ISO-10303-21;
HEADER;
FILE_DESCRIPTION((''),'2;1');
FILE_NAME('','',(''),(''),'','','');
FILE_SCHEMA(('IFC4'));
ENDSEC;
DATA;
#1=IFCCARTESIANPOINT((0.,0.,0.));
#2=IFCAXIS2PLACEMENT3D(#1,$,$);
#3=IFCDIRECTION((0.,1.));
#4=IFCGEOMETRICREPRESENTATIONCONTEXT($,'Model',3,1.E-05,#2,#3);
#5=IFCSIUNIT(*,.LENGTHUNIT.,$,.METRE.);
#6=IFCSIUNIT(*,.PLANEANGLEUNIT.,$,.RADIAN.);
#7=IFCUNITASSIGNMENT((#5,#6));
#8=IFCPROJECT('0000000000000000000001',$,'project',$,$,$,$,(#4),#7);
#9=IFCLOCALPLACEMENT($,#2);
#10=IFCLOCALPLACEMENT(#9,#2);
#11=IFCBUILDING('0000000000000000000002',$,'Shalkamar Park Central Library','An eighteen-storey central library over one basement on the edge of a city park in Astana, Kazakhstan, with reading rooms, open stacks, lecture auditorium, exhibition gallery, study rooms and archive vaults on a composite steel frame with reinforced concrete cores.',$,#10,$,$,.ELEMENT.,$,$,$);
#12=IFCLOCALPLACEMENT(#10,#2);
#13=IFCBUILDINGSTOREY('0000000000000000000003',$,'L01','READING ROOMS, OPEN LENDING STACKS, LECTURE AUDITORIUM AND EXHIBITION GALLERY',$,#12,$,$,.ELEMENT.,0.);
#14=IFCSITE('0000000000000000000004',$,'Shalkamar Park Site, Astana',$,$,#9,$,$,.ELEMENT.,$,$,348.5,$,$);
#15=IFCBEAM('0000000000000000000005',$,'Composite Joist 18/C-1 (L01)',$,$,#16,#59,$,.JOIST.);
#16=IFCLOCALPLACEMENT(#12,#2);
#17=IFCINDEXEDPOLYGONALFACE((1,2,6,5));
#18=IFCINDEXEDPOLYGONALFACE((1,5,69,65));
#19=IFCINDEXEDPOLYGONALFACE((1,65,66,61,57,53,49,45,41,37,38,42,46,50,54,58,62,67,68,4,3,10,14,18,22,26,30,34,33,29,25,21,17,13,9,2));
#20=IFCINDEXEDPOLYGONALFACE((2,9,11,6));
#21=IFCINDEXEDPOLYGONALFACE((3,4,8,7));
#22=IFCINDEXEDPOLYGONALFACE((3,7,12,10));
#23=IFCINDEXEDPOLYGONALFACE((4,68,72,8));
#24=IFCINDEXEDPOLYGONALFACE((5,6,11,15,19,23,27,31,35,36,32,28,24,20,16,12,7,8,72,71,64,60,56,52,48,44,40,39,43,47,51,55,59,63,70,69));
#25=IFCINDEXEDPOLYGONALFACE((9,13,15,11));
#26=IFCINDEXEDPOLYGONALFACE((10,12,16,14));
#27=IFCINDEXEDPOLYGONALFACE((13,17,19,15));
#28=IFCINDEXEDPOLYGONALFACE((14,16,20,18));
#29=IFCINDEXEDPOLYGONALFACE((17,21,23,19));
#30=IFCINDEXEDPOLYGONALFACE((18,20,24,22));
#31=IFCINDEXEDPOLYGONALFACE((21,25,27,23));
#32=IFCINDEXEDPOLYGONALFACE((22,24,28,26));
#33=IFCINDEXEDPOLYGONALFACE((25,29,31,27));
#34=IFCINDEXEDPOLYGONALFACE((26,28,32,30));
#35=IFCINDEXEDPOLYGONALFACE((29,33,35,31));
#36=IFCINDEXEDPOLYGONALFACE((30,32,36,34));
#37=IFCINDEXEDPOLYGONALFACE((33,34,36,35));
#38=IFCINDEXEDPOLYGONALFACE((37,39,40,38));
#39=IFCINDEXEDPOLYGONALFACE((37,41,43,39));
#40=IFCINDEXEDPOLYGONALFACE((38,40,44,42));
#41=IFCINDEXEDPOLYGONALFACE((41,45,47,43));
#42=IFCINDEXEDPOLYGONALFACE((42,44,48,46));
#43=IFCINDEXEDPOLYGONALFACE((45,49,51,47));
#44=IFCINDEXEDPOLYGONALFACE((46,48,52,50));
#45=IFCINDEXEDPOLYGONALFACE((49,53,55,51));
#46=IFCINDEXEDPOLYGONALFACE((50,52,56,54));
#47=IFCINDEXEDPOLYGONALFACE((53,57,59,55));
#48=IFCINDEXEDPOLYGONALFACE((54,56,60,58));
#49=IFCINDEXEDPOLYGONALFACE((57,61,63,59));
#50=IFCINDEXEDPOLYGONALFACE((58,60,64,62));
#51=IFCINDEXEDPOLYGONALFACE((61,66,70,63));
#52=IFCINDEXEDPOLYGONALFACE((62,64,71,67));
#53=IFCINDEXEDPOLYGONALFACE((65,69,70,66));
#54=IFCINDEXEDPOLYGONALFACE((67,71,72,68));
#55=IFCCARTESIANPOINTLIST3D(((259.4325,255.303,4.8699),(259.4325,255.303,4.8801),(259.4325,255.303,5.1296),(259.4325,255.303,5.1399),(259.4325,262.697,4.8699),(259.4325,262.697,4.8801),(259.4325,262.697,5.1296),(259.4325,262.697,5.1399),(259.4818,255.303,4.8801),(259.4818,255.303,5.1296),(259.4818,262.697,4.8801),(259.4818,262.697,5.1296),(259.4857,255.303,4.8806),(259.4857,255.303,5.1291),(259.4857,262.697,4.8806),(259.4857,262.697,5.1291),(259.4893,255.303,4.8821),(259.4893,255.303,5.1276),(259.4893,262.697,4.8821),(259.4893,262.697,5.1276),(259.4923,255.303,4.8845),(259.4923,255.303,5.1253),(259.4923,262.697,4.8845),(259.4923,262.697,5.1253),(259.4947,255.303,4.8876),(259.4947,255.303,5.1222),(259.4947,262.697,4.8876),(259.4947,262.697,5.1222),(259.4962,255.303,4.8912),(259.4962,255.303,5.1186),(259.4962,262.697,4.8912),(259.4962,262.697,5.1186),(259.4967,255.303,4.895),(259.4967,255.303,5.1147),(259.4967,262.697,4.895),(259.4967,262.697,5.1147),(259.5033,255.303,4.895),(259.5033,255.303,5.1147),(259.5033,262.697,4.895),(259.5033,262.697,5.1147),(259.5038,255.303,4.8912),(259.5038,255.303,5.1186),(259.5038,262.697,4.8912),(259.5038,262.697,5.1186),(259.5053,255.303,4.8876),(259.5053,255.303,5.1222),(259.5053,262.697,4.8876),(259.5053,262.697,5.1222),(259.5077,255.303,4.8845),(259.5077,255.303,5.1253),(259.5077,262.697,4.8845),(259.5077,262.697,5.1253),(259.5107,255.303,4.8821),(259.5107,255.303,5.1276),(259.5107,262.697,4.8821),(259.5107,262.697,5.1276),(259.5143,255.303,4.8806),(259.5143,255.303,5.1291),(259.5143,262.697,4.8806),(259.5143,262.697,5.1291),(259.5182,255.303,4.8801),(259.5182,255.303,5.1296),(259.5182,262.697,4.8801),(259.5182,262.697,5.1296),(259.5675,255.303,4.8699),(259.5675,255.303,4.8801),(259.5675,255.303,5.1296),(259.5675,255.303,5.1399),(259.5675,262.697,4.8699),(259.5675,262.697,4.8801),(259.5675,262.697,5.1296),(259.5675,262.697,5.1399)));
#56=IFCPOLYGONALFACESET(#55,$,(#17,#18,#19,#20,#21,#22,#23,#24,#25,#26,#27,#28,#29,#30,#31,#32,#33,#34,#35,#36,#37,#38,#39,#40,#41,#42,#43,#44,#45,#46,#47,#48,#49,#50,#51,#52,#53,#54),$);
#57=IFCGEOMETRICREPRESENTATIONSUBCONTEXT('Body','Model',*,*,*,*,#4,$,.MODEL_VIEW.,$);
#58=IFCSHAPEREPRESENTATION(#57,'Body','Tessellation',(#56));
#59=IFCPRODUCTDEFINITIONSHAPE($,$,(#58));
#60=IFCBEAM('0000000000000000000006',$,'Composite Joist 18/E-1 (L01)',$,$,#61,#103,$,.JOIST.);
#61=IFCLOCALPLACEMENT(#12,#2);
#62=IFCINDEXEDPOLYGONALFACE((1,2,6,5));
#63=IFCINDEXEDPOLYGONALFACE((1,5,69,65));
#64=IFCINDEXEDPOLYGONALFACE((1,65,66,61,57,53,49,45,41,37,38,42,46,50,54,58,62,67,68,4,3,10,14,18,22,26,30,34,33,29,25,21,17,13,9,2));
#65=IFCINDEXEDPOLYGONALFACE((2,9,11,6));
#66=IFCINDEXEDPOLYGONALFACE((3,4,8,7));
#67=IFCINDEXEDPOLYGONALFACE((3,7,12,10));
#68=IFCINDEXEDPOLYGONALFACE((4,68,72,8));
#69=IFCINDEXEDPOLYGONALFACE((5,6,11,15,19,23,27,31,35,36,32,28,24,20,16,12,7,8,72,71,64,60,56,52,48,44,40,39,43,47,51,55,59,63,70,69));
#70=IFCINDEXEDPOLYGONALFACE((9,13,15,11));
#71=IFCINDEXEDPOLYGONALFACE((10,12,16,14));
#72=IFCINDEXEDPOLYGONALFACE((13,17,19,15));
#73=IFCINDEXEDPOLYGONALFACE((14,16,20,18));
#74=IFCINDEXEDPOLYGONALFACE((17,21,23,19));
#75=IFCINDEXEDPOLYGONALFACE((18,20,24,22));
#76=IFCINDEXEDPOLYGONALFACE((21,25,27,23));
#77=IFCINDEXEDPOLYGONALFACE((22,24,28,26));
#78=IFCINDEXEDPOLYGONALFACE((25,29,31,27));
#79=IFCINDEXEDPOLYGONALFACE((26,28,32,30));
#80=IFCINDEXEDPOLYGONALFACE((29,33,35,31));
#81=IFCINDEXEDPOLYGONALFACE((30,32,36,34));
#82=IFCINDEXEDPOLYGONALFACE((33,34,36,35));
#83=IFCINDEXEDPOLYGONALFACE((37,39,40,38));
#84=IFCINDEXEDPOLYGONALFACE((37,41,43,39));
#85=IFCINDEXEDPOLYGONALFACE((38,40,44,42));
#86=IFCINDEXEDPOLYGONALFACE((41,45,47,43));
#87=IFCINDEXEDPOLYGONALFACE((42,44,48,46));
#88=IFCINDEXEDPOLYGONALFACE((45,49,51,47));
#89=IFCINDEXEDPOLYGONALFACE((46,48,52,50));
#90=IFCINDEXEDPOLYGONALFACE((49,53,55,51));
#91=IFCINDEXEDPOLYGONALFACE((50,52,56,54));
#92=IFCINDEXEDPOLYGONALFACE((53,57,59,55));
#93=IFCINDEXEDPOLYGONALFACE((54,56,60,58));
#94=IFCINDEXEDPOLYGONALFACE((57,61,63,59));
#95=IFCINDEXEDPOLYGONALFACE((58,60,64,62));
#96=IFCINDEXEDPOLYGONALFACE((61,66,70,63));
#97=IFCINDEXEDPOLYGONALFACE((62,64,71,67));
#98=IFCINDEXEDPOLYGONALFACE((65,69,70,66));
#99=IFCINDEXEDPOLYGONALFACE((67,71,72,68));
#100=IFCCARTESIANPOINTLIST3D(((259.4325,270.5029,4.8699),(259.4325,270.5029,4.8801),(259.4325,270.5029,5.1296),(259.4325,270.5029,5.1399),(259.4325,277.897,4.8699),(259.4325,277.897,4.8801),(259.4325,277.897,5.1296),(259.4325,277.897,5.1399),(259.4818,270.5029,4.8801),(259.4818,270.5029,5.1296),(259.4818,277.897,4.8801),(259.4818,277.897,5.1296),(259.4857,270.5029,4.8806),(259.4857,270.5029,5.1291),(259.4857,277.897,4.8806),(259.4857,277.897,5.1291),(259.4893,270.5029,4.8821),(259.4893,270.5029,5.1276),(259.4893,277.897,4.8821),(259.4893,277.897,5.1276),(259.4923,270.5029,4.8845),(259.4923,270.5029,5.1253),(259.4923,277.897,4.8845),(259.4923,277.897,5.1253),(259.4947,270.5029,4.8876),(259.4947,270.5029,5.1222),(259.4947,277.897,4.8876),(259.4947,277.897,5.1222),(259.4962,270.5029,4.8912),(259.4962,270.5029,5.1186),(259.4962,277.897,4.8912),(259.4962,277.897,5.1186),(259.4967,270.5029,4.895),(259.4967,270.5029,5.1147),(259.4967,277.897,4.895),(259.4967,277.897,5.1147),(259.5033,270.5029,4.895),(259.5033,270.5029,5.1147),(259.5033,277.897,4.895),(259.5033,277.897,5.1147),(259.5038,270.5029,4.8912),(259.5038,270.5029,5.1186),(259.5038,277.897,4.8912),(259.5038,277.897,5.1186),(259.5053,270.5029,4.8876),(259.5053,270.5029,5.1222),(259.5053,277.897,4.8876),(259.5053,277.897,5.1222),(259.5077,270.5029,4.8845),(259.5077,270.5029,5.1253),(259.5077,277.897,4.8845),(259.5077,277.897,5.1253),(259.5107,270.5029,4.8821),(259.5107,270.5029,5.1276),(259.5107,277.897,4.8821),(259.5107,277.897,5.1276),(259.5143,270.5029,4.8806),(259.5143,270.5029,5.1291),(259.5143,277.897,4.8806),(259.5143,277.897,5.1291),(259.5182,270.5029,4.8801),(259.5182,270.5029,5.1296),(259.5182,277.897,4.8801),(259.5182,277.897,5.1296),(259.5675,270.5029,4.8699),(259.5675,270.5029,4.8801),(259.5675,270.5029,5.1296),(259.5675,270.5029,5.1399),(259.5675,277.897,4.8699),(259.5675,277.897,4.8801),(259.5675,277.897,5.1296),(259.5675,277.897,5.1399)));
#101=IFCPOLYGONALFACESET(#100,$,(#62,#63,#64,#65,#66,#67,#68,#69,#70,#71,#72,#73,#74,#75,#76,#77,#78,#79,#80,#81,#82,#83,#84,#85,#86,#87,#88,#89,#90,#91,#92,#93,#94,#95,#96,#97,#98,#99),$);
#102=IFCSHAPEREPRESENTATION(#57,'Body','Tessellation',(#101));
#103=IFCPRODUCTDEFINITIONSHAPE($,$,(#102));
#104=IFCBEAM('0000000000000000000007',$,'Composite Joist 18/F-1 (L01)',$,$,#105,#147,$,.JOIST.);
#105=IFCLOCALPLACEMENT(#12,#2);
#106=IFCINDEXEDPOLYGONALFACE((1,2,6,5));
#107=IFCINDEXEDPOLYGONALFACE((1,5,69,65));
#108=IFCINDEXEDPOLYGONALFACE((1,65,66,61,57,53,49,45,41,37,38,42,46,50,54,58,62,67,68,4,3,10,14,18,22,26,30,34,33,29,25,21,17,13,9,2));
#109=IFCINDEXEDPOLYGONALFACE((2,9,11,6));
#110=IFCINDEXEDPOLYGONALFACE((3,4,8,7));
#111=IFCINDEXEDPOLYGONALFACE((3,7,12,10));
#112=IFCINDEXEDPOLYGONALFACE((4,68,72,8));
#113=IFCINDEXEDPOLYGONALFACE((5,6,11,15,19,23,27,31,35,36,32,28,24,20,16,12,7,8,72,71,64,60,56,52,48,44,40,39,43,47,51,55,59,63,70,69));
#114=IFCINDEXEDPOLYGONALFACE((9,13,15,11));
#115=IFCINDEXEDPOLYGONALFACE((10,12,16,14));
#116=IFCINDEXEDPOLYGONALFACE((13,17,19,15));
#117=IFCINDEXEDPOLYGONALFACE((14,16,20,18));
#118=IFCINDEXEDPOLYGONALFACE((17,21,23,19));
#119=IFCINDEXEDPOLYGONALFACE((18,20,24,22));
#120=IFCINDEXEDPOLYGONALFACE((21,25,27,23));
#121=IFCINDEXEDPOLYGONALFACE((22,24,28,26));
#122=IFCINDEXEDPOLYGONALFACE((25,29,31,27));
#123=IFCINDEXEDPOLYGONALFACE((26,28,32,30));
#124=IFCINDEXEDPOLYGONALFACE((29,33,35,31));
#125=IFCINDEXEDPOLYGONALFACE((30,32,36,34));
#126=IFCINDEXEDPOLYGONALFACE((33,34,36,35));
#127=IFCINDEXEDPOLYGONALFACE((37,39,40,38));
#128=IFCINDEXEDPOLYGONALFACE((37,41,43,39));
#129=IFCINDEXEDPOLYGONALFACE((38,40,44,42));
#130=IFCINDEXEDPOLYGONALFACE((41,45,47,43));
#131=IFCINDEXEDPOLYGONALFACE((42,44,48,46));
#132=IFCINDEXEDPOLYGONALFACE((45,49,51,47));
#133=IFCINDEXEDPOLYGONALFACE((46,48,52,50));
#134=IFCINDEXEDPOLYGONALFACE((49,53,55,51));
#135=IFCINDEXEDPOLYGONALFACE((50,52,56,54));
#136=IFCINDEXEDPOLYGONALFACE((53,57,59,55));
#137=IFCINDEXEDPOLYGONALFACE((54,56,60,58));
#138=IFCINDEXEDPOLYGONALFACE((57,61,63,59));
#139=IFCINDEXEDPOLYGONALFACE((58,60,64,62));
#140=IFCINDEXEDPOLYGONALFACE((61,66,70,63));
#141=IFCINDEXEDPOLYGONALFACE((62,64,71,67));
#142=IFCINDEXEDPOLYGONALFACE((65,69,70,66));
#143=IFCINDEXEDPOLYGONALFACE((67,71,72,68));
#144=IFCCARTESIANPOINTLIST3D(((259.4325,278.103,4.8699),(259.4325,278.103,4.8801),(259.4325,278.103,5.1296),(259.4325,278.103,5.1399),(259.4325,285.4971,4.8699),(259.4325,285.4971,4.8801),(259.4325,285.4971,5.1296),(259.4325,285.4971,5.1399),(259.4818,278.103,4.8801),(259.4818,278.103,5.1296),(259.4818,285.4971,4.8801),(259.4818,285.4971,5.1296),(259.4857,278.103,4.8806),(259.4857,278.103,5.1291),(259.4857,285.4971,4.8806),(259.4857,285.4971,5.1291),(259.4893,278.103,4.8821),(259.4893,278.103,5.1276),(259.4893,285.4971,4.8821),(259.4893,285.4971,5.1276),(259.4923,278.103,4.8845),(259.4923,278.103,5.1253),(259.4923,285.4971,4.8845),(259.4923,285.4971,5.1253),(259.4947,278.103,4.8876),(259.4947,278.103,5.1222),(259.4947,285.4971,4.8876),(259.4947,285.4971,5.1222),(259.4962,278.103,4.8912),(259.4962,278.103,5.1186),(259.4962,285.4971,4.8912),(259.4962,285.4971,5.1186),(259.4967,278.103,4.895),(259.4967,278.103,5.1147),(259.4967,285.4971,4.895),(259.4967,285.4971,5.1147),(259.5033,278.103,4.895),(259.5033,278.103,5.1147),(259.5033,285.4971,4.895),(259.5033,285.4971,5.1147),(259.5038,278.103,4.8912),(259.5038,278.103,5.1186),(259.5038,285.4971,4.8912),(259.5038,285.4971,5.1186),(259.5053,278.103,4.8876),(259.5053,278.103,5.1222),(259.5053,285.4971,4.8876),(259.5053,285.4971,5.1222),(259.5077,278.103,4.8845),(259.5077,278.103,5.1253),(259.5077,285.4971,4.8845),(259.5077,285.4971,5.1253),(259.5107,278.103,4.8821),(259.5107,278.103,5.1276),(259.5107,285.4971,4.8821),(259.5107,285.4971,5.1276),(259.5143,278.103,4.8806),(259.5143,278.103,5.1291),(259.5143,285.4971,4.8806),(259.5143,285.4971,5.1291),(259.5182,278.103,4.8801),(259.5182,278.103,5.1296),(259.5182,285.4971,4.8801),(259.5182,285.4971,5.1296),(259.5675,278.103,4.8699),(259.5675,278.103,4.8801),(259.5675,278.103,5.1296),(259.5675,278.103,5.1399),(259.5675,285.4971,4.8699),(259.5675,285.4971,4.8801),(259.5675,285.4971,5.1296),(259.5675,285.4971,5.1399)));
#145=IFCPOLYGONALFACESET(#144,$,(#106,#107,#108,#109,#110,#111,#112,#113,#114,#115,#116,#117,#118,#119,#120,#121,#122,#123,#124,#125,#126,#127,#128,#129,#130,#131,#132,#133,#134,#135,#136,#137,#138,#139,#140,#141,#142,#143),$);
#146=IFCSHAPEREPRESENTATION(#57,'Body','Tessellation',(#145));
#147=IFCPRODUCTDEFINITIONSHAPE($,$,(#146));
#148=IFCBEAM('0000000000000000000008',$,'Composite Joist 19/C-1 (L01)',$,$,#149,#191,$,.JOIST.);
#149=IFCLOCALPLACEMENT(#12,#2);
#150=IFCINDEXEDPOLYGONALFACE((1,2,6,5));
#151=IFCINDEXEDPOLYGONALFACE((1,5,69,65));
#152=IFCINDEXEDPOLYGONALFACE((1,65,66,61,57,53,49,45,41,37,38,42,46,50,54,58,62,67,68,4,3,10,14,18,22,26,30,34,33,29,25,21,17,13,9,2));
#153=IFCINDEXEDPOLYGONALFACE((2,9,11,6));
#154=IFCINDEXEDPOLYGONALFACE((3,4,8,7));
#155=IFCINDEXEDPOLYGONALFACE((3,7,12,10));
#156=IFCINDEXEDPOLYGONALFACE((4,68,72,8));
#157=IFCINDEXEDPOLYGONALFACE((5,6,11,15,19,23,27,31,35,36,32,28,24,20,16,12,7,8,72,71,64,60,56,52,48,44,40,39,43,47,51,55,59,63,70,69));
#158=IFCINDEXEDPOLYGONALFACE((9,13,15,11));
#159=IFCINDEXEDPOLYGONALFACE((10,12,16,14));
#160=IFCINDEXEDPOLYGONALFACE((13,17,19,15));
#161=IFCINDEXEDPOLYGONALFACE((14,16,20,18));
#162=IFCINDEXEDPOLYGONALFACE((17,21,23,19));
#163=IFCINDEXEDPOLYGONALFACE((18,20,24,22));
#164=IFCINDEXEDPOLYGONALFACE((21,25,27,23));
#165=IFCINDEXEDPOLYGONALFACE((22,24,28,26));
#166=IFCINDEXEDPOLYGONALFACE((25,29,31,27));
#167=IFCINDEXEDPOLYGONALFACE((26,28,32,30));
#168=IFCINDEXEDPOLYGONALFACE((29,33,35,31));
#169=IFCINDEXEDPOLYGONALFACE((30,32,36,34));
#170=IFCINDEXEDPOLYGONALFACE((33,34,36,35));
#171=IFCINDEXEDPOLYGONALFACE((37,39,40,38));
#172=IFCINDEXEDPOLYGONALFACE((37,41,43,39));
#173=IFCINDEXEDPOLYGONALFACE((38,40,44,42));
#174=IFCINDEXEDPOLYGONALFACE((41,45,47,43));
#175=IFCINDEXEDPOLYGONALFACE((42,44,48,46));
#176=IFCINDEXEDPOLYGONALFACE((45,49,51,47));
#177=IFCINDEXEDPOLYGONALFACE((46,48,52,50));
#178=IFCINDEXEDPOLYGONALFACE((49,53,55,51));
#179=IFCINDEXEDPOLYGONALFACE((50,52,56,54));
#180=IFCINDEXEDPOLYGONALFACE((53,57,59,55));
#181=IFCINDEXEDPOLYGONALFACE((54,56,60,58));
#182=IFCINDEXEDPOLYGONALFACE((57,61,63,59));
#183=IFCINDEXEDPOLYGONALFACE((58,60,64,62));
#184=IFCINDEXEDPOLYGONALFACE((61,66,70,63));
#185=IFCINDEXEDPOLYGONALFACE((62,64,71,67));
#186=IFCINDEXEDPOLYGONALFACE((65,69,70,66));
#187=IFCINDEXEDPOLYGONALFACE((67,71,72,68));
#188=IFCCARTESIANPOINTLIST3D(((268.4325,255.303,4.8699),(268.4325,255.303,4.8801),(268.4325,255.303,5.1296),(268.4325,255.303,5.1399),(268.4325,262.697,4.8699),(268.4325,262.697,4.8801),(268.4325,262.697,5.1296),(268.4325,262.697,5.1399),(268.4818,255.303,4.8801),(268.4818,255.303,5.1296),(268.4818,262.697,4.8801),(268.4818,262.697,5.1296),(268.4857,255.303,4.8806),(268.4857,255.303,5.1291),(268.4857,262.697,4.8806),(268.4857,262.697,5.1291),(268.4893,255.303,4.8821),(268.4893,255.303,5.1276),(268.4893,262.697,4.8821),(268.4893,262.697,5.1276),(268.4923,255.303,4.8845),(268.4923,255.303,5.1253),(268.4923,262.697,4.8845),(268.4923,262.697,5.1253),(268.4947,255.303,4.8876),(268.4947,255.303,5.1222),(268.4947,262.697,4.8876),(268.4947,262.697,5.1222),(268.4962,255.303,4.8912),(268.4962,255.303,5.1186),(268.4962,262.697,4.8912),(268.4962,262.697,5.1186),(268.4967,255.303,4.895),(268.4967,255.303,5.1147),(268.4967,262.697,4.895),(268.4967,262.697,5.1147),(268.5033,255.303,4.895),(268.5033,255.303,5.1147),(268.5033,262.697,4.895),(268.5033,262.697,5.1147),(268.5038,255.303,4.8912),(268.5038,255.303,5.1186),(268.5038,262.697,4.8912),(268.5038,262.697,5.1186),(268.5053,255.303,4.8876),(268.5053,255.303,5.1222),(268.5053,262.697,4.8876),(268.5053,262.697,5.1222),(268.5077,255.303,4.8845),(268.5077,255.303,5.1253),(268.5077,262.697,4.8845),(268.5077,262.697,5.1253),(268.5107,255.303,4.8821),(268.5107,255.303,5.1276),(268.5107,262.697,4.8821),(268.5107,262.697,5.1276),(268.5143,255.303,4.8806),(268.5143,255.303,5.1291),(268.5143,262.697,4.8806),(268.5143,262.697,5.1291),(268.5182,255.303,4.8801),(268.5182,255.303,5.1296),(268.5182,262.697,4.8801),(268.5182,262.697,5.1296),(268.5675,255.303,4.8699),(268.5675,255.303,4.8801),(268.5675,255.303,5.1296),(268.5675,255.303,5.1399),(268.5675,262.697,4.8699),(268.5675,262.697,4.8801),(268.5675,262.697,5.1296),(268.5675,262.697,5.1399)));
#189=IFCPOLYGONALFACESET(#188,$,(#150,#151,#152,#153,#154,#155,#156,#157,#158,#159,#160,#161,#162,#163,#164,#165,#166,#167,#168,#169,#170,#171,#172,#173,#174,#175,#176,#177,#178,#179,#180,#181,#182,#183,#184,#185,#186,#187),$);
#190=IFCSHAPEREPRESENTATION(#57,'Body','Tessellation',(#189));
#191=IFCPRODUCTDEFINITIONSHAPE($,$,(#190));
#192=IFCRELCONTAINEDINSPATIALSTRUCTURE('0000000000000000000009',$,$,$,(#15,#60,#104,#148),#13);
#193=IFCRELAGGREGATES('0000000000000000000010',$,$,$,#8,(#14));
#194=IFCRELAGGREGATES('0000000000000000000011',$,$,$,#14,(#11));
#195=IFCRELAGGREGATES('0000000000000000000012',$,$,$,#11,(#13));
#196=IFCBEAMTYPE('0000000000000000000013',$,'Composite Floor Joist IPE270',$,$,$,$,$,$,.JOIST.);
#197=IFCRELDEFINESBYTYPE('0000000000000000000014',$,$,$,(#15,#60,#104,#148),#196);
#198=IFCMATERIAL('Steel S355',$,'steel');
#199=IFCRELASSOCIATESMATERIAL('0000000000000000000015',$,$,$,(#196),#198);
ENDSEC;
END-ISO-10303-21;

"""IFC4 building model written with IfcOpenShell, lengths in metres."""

from ifc_helpers import new_model, si_unit, direction, frame, origin, origin_2d, place, context, subcontext, project, spatial, i_section, extrude, material, material_profile, profile_set, type_object, element, save


model = new_model("IFC4")

# Units and contexts
model_context = context("Model", 3, precision=1e-05, world=origin(), true_north=direction((0.0, 1.0)))
body_context = subcontext(model_context, "Body", "Model", "MODEL_VIEW")
ifc_project = project(units=[si_unit("LENGTHUNIT", "METRE"), si_unit("PLANEANGLEUNIT", "RADIAN")], contexts=[model_context])

# Site, building, storey
site_placement = place(None, origin())
site = spatial("IfcSite", under=ifc_project, at=site_placement, Name="Shalkamar Park Site, Astana", CompositionType="ELEMENT", RefElevation=348.5)
building_placement = place(site_placement, origin())
building = spatial("IfcBuilding", under=site, at=building_placement, Name="Shalkamar Park Central Library", Description="An eighteen-storey central library over one basement on the edge of a city park in Astana, Kazakhstan, with reading rooms, open stacks, lecture auditorium, exhibition gallery, study rooms and archive vaults on a composite steel frame with reinforced concrete cores.", CompositionType="ELEMENT")
storey_placement = place(building_placement, origin())
storey = spatial("IfcBuildingStorey", under=building, at=storey_placement, Name="L01", Description="READING ROOMS, OPEN LENDING STACKS, LECTURE AUDITORIUM AND EXHIBITION GALLERY", CompositionType="ELEMENT", Elevation=0.0)

# Shared definitions
ifc_material_1 = material(Name="Steel S355", Category="steel")

# Beams
ifc_material_profile_1 = material_profile(ifc_material_1, i_section(OverallWidth=0.135, OverallDepth=0.27, WebThickness=0.0066, FlangeThickness=0.0103, FilletRadius=0.0149, at=origin_2d()), Name="IPE 270")
ifc_profile_set_1 = profile_set([ifc_material_profile_1], Name="Steel S355")
beam_type_1 = type_object("IfcBeamType", Name="Composite Floor Joist IPE270", PredefinedType="JOIST", material=ifc_profile_set_1)
for number, where, z_axis, x_axis, name in (
    (1, (259.5, 255.303, 5.0049), (0.0, 1.0, 0.0), (-1.0, 0.0, 0.0), "Composite Joist 18/C-1 (L01)"),
    (2, (259.5, 270.5029, 5.0049), (0.0, 1.0, 0.0), (-1.0, 0.0, 0.0), "Composite Joist 18/E-1 (L01)"),
    (3, (259.5, 278.103, 5.0049), (0.0, 1.0, 0.0), (-1.0, 0.0, 0.0), "Composite Joist 18/F-1 (L01)"),
    (4, (268.5, 255.303, 5.0049), (0.0, 1.0, 0.0), (-1.0, 0.0, 0.0), "Composite Joist 19/C-1 (L01)"),
):
    element("IfcBeam", number, at=place(storey_placement, frame(where, z_axis=z_axis, x_axis=x_axis)), inside=storey, type_object=beam_type_1, Name=name, PredefinedType="JOIST", context=body_context, shape_type="SweptSolid", body=[
        extrude(i_section(OverallWidth=0.135, OverallDepth=0.27, WebThickness=0.0066, FlangeThickness=0.0103, FilletRadius=0.0149, at=origin_2d()), origin(), (0.0, 0.0, 1.0), 7.394),
    ])

save(model, "model.ifc")
